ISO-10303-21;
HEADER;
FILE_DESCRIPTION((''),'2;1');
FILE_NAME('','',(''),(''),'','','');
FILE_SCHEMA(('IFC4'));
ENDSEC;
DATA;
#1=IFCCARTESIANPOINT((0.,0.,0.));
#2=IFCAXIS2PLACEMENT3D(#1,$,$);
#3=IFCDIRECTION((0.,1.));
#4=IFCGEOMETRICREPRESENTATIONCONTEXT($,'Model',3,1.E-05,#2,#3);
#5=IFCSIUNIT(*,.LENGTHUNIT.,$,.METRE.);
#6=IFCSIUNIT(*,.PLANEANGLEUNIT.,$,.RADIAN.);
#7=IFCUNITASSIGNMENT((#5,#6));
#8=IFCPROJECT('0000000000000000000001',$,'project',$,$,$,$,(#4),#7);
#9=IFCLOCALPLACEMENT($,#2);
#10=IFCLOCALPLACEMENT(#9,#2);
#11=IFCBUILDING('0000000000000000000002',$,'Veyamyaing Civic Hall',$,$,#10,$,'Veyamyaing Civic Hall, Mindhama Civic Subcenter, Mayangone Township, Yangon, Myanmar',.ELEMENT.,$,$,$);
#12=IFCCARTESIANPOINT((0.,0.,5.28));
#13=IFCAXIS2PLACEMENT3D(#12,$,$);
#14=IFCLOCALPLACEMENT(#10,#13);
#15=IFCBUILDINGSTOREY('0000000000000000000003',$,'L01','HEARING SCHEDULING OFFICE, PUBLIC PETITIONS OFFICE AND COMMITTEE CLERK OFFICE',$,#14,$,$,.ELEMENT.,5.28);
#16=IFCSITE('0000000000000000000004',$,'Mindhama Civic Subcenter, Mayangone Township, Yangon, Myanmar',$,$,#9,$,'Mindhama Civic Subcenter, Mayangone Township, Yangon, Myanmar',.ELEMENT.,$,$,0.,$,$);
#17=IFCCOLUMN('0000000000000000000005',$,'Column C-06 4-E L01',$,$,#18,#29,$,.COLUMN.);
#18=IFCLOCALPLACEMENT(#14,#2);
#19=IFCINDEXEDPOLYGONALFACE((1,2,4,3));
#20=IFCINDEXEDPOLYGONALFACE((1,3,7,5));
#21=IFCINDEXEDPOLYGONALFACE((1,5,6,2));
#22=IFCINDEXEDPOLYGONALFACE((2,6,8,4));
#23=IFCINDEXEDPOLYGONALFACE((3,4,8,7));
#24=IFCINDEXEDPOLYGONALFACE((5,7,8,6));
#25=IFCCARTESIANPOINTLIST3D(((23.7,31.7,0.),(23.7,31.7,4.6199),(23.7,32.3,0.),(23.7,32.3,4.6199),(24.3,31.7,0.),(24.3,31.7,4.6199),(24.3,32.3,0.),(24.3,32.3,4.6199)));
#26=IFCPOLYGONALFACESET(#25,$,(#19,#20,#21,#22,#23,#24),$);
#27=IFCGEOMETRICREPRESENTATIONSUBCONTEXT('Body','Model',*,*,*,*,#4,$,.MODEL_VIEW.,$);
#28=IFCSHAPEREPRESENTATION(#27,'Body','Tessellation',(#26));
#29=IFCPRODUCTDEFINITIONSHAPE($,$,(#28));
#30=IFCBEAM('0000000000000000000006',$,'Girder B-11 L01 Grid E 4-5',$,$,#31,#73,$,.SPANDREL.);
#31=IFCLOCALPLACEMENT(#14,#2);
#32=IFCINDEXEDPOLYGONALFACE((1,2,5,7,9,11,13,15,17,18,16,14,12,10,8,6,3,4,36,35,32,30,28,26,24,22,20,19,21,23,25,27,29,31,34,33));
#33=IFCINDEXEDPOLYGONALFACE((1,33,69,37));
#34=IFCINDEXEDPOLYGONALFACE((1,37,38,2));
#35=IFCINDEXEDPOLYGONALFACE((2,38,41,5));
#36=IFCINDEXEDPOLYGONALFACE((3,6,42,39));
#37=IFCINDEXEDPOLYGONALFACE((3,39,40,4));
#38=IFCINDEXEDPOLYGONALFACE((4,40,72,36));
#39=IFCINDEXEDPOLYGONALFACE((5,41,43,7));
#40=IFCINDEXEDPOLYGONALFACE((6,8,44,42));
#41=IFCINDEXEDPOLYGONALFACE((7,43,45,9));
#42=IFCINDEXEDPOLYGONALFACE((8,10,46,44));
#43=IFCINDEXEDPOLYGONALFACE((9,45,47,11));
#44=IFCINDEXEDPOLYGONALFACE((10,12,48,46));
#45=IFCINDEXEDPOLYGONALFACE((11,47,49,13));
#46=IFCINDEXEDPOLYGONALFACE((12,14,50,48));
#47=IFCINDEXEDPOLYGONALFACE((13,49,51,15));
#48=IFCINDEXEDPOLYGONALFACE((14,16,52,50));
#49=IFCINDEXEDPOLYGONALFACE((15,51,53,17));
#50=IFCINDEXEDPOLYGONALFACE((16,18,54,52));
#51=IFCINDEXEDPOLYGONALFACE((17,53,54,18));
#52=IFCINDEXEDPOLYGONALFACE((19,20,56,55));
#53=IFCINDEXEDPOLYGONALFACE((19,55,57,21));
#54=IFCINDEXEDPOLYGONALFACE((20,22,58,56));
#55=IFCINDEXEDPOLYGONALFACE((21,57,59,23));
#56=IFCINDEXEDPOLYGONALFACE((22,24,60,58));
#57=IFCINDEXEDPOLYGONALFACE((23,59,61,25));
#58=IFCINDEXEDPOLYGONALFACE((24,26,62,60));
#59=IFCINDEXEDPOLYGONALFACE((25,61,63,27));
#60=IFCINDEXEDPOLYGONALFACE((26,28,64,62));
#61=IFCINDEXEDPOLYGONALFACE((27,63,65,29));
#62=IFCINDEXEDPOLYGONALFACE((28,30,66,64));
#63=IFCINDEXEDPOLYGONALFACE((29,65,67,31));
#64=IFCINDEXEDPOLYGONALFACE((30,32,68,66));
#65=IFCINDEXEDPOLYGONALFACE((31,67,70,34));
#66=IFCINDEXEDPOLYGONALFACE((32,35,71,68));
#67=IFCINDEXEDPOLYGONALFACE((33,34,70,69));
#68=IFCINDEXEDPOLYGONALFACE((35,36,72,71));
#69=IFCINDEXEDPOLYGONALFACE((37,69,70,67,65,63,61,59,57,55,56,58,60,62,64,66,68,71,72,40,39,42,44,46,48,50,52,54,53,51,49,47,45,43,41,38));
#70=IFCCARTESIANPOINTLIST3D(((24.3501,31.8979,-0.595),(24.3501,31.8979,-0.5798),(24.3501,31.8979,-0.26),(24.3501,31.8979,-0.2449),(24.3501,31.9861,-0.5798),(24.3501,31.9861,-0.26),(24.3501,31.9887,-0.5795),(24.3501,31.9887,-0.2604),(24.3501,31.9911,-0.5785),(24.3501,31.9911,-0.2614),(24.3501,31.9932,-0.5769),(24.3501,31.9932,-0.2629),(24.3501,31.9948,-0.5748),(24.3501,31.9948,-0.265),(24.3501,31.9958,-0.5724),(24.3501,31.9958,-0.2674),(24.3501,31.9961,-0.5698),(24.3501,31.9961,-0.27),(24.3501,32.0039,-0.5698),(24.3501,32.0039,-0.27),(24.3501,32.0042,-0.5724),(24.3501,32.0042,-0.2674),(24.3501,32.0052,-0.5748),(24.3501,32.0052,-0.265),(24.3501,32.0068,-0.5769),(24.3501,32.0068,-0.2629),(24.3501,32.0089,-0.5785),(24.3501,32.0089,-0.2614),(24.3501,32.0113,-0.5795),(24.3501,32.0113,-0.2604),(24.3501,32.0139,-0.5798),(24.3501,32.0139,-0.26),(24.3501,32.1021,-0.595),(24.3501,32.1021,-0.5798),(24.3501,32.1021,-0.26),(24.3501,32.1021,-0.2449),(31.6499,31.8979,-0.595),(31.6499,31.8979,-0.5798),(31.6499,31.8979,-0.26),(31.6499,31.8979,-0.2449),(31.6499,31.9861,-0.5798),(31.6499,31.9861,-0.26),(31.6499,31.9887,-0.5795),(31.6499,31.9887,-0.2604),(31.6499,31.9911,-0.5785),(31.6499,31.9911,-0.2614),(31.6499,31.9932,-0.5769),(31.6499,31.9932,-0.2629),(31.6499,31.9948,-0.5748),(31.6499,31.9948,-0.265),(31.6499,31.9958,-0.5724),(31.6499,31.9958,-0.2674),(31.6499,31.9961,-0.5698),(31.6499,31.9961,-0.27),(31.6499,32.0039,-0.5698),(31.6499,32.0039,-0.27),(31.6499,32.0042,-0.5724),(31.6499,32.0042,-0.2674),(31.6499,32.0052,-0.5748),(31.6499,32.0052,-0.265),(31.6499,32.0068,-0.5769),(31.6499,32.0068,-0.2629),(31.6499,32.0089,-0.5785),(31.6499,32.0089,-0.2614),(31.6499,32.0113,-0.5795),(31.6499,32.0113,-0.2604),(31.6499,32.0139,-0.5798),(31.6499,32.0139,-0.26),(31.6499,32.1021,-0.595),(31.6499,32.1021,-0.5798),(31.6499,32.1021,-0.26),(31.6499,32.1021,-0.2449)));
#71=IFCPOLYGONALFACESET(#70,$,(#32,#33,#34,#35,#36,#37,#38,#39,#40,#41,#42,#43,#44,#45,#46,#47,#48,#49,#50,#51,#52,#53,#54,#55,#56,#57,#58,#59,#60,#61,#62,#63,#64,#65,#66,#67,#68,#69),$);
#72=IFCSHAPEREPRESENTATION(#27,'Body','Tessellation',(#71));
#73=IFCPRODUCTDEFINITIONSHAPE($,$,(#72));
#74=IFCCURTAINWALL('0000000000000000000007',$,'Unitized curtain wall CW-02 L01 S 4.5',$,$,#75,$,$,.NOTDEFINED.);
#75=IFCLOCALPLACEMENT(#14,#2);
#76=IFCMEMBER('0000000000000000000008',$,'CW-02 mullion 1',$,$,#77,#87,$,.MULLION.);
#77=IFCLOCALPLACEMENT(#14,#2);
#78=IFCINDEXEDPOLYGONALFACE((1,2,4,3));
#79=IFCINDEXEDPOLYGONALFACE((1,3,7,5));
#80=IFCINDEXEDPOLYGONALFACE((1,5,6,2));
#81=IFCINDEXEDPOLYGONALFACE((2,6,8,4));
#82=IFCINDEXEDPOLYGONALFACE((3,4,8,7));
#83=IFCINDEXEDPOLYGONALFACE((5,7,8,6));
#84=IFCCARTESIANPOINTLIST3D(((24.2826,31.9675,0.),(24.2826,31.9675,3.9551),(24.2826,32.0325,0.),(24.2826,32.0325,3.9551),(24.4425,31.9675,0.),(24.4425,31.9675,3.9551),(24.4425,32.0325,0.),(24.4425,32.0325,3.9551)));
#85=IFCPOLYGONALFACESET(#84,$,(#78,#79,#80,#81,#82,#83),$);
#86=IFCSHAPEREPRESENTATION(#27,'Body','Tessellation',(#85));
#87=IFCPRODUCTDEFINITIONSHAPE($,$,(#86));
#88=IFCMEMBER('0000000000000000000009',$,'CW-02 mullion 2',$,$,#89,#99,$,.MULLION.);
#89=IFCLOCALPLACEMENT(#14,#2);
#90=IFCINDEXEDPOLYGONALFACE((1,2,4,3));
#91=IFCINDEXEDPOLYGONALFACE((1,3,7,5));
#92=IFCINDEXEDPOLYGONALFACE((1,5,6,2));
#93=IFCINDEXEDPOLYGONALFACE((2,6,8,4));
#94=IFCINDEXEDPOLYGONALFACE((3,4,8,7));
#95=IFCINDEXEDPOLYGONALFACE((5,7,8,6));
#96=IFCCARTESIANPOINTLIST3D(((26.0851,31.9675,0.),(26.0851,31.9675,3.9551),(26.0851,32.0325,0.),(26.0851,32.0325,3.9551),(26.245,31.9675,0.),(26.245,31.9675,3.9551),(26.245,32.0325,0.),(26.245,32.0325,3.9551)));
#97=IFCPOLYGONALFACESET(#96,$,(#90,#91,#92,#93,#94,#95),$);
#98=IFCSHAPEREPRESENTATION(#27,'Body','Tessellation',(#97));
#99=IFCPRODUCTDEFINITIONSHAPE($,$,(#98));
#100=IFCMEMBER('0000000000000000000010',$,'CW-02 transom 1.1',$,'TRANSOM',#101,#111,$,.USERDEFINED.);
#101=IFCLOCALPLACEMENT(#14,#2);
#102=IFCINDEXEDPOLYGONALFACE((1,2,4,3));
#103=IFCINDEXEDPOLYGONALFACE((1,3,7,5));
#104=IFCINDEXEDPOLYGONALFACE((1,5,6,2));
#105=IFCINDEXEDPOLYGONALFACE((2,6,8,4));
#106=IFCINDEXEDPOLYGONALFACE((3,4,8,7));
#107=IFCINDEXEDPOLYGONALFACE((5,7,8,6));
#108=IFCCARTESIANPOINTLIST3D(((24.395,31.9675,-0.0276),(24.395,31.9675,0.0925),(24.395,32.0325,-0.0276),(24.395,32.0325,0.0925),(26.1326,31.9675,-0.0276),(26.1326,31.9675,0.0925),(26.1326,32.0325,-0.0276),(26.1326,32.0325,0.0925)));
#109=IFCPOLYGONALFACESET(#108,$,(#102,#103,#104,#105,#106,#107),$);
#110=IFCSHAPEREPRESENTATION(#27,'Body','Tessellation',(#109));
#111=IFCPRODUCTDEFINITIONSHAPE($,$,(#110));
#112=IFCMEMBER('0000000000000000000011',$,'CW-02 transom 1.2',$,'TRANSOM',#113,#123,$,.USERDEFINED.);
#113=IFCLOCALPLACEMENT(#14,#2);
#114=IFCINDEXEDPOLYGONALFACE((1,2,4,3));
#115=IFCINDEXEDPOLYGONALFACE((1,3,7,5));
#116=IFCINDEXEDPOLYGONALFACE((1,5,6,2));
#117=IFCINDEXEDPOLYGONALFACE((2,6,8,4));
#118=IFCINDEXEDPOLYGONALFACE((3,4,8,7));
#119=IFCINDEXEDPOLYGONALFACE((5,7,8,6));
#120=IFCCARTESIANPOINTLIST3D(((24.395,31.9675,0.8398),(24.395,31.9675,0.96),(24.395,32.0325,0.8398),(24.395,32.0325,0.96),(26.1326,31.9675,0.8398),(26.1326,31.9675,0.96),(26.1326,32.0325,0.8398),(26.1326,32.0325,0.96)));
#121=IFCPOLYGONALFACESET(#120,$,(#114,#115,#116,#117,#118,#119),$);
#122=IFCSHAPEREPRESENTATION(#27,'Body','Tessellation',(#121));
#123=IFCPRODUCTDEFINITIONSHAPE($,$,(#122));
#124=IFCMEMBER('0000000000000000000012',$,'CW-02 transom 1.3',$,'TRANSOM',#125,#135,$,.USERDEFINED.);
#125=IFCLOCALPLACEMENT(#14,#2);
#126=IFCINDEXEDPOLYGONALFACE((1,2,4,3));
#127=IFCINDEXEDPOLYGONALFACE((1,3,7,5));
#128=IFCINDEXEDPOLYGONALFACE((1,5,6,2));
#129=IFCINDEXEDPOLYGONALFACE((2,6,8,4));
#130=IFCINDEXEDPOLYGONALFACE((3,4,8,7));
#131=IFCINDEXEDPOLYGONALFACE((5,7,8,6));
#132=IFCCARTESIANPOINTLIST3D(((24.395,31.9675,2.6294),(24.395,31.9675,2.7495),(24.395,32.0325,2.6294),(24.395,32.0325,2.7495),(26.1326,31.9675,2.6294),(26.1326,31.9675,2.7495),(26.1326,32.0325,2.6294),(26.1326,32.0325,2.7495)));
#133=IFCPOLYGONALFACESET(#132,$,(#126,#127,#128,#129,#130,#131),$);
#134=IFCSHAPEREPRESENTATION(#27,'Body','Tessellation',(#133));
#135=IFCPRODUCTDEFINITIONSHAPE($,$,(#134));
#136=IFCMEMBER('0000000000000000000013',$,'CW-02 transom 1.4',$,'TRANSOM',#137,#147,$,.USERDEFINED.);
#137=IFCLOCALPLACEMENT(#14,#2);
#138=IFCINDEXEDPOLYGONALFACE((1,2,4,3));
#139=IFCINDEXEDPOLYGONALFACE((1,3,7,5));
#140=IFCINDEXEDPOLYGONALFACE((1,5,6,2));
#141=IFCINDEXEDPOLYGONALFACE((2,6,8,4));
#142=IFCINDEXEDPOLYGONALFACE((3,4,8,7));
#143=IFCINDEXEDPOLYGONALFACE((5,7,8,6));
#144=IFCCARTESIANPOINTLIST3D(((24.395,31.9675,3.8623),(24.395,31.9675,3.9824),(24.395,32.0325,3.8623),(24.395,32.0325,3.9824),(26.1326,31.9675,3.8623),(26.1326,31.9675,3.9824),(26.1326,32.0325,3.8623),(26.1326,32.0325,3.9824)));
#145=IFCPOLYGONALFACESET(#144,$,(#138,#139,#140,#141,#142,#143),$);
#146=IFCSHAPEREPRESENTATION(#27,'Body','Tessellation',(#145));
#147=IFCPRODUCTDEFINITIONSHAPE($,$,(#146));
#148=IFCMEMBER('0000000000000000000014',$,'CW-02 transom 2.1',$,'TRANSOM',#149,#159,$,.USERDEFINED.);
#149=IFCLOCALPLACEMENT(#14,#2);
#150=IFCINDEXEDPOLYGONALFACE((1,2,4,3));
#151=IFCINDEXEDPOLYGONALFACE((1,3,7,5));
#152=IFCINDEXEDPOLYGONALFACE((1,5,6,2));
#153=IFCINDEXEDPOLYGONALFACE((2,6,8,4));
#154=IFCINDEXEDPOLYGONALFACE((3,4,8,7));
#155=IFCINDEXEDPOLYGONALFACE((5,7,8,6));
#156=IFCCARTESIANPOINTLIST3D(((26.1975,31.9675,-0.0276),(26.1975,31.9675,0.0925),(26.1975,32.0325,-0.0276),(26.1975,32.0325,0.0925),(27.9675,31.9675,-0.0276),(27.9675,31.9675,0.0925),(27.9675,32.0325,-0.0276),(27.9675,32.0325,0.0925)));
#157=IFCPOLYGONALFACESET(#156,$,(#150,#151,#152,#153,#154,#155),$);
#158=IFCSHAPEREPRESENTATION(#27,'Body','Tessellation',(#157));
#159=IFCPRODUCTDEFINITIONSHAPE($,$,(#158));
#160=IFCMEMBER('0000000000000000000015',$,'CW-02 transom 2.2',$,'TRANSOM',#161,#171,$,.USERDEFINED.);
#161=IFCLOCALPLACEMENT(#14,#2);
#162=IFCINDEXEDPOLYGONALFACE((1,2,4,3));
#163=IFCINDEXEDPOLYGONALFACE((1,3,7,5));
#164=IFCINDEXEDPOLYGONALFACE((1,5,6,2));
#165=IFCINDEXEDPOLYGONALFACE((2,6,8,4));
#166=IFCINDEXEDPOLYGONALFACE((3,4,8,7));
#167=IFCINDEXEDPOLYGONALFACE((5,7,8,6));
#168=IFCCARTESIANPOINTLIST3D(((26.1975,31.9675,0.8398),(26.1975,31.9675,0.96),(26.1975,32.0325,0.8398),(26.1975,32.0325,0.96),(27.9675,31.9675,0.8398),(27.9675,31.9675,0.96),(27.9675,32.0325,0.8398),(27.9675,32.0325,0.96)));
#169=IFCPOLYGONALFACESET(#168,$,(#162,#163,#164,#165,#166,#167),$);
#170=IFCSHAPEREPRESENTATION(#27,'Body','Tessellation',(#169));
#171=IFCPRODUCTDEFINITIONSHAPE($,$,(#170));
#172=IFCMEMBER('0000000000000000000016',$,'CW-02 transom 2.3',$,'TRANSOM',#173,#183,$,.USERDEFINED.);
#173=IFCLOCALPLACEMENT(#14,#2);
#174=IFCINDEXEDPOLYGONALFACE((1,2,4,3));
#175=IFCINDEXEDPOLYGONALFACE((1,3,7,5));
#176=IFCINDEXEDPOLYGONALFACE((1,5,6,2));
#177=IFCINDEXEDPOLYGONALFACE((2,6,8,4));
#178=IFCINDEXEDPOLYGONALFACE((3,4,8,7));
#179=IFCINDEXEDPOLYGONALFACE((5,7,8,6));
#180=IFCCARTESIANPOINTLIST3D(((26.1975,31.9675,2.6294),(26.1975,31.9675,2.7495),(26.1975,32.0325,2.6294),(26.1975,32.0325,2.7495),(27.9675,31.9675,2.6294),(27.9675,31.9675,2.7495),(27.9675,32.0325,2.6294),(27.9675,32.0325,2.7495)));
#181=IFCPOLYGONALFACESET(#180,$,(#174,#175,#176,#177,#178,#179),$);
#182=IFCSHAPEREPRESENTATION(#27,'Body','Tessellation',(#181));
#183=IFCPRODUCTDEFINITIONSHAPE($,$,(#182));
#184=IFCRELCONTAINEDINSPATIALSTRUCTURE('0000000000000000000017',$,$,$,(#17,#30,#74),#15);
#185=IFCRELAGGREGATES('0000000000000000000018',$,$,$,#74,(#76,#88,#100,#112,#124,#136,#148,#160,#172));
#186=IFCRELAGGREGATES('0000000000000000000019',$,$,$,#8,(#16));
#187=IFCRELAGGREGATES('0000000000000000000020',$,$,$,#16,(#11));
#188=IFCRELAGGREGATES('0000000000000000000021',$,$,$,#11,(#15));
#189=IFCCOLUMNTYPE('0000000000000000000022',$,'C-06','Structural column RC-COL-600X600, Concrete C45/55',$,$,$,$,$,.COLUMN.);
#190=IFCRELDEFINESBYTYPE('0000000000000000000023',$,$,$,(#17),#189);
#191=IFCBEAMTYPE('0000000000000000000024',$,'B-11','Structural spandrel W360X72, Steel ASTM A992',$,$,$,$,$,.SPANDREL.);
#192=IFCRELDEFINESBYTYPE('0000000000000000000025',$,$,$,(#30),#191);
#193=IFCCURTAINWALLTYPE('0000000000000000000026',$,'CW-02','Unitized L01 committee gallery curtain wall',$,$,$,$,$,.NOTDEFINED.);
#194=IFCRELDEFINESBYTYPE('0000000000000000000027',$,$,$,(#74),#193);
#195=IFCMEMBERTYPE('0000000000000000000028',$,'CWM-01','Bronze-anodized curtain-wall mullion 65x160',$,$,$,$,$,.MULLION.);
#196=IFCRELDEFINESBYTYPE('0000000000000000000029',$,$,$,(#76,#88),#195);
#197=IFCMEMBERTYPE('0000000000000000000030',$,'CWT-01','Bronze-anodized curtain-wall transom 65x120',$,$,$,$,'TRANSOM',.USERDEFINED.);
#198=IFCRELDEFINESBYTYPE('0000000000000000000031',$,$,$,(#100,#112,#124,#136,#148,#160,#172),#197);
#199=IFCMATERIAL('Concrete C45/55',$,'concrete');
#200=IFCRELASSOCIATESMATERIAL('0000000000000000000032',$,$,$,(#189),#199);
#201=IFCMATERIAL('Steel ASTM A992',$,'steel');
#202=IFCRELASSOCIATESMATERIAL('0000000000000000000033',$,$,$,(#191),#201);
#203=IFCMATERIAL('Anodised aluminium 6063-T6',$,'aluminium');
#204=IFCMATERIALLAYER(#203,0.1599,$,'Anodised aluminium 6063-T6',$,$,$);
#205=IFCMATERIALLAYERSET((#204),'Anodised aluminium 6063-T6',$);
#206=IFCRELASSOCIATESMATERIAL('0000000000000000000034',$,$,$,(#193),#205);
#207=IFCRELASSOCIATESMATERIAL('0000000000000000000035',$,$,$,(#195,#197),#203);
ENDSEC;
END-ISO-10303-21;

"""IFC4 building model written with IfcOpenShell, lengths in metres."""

from ifc_helpers import new_model, si_unit, direction, frame, origin, origin_2d, place, context, subcontext, project, spatial, rectangle, i_section, extrude, material, layer, layer_set, material_profile, profile_set, type_object, element, aggregate, save


model = new_model("IFC4")

# Units and contexts
model_context = context("Model", 3, precision=1e-05, world=origin(), true_north=direction((0.0, 1.0)))
body_context = subcontext(model_context, "Body", "Model", "MODEL_VIEW")
ifc_project = project(units=[si_unit("LENGTHUNIT", "METRE"), si_unit("PLANEANGLEUNIT", "RADIAN")], contexts=[model_context])

# Site, building, storey
site_placement = place(None, origin())
site = spatial("IfcSite", under=ifc_project, at=site_placement, Name="Mindhama Civic Subcenter, Mayangone Township, Yangon, Myanmar", LongName="Mindhama Civic Subcenter, Mayangone Township, Yangon, Myanmar", CompositionType="ELEMENT", RefElevation=0.0)
building_placement = place(site_placement, origin())
building = spatial("IfcBuilding", under=site, at=building_placement, Name="Veyamyaing Civic Hall", LongName="Veyamyaing Civic Hall, Mindhama Civic Subcenter, Mayangone Township, Yangon, Myanmar", CompositionType="ELEMENT")
storey_placement = place(building_placement, frame((0.0, 0.0, 5.28)))
storey = spatial("IfcBuildingStorey", under=building, at=storey_placement, Name="L01", Description="HEARING SCHEDULING OFFICE, PUBLIC PETITIONS OFFICE AND COMMITTEE CLERK OFFICE", CompositionType="ELEMENT", Elevation=5.28)

# Column
ifc_material_1 = material(Name="Concrete C45/55", Category="concrete")
ifc_material_profile_1 = material_profile(ifc_material_1, rectangle(XDim=0.6001, YDim=0.6001, at=origin_2d()), Name="RC-COL-600X600")
ifc_profile_set_1 = profile_set([ifc_material_profile_1], Name="Concrete C45/55")
column_type = type_object("IfcColumnType", Name="C-06", Description="Structural column RC-COL-600X600, Concrete C45/55", PredefinedType="COLUMN", material=ifc_profile_set_1)
column_placement = place(storey_placement, frame((24.0, 32.0, 0.0), z_axis=(0.0, 0.0, 1.0), x_axis=(1.0, 0.0, 0.0)))
element("IfcColumn", 1, at=column_placement, inside=storey, type_object=column_type, Name="Column C-06 4-E L01", PredefinedType="COLUMN", context=body_context, shape_type="SweptSolid", body=[
    extrude(rectangle(XDim=0.6001, YDim=0.6001, at=origin_2d()), origin(), (0.0, 0.0, 1.0), 4.6199),
])

# Beam
ifc_material_2 = material(Name="Steel ASTM A992", Category="steel")
ifc_material_profile_2 = material_profile(ifc_material_2, i_section(OverallWidth=0.2041, OverallDepth=0.3501, WebThickness=0.0078, FlangeThickness=0.0151, FilletRadius=0.01, at=origin_2d()), Name="W360X72")
ifc_profile_set_2 = profile_set([ifc_material_profile_2], Name="Steel ASTM A992")
beam_type = type_object("IfcBeamType", Name="B-11", Description="Structural spandrel W360X72, Steel ASTM A992", PredefinedType="SPANDREL", material=ifc_profile_set_2)
beam_placement = place(storey_placement, frame((24.3501, 32.0, -0.4199), z_axis=(1.0, 0.0, 0.0), x_axis=(0.0, 1.0, 0.0)))
element("IfcBeam", 2, at=beam_placement, inside=storey, type_object=beam_type, Name="Girder B-11 L01 Grid E 4-5", PredefinedType="SPANDREL", context=body_context, shape_type="SweptSolid", body=[
    extrude(i_section(OverallWidth=0.2041, OverallDepth=0.3501, WebThickness=0.0078, FlangeThickness=0.0151, FilletRadius=0.01, at=origin_2d()), origin(), (0.0, 0.0, 1.0), 7.2998),
])

# Curtain wall, members
ifc_material_3 = material(Name="Anodised aluminium 6063-T6", Category="aluminium")
ifc_layer_1 = layer(ifc_material_3, 0.1599, Name="Anodised aluminium 6063-T6")
ifc_layer_set_1 = layer_set([ifc_layer_1], Name="Anodised aluminium 6063-T6")
curtain_wall_type = type_object("IfcCurtainWallType", Name="CW-02", Description="Unitized L01 committee gallery curtain wall", PredefinedType="NOTDEFINED", material=ifc_layer_set_1)
curtain_wall_placement = place(storey_placement, origin())
curtain_wall = element("IfcCurtainWall", 3, at=curtain_wall_placement, inside=storey, type_object=curtain_wall_type, Name="Unitized curtain wall CW-02 L01 S 4.5", PredefinedType="NOTDEFINED")
ifc_material_profile_3 = material_profile(ifc_material_3, rectangle(XDim=0.0649, YDim=0.1599, at=origin_2d()), Name="ALU-MUL-65X160")
ifc_profile_set_3 = profile_set([ifc_material_profile_3], Name="Anodised aluminium 6063-T6")
member_type_1 = type_object("IfcMemberType", Name="CWM-01", Description="Bronze-anodized curtain-wall mullion 65x160", PredefinedType="MULLION", material=ifc_profile_set_3)
member_1_placement = place(storey_placement, frame((24.3625, 32.0, 0.0), z_axis=(0.0, 0.0, 1.0), x_axis=(0.0, 1.0, 0.0)))
member_1 = element("IfcMember", 4, at=member_1_placement, type_object=member_type_1, Name="CW-02 mullion 1", PredefinedType="MULLION", context=body_context, shape_type="SweptSolid", body=[
    extrude(rectangle(XDim=0.0649, YDim=0.1599, at=origin_2d()), origin(), (0.0, 0.0, 1.0), 3.9551),
])
member_2_placement = place(storey_placement, frame((26.165, 32.0, 0.0), z_axis=(0.0, 0.0, 1.0), x_axis=(0.0, 1.0, 0.0)))
member_2 = element("IfcMember", 5, at=member_2_placement, type_object=member_type_1, Name="CW-02 mullion 2", PredefinedType="MULLION", context=body_context, shape_type="SweptSolid", body=[
    extrude(rectangle(XDim=0.0649, YDim=0.1599, at=origin_2d()), origin(), (0.0, 0.0, 1.0), 3.9551),
])
ifc_material_profile_4 = material_profile(ifc_material_3, rectangle(XDim=0.0649, YDim=0.1201, at=origin_2d()), Name="ALU-TRN-65X120")
ifc_profile_set_4 = profile_set([ifc_material_profile_4], Name="Anodised aluminium 6063-T6")
member_type_2 = type_object("IfcMemberType", Name="CWT-01", Description="Bronze-anodized curtain-wall transom 65x120", ElementType="TRANSOM", PredefinedType="USERDEFINED", material=ifc_profile_set_4)
member_3_placement = place(storey_placement, frame((24.395, 32.0, 0.0325), z_axis=(1.0, 0.0, 0.0), x_axis=(0.0, 1.0, 0.0)))
member_3 = element("IfcMember", 6, at=member_3_placement, type_object=member_type_2, Name="CW-02 transom 1.1", ObjectType="TRANSOM", PredefinedType="USERDEFINED", context=body_context, shape_type="SweptSolid", body=[
    extrude(rectangle(XDim=0.0649, YDim=0.1201, at=origin_2d()), origin(), (0.0, 0.0, 1.0), 1.7375),
])
member_4_placement = place(storey_placement, frame((24.395, 32.0, 0.8999), z_axis=(1.0, 0.0, 0.0), x_axis=(0.0, 1.0, 0.0)))
member_4 = element("IfcMember", 7, at=member_4_placement, type_object=member_type_2, Name="CW-02 transom 1.2", ObjectType="TRANSOM", PredefinedType="USERDEFINED", context=body_context, shape_type="SweptSolid", body=[
    extrude(rectangle(XDim=0.0649, YDim=0.1201, at=origin_2d()), origin(), (0.0, 0.0, 1.0), 1.7375),
])
member_5_placement = place(storey_placement, frame((24.395, 32.0, 2.6895), z_axis=(1.0, 0.0, 0.0), x_axis=(0.0, 1.0, 0.0)))
member_5 = element("IfcMember", 8, at=member_5_placement, type_object=member_type_2, Name="CW-02 transom 1.3", ObjectType="TRANSOM", PredefinedType="USERDEFINED", context=body_context, shape_type="SweptSolid", body=[
    extrude(rectangle(XDim=0.0649, YDim=0.1201, at=origin_2d()), origin(), (0.0, 0.0, 1.0), 1.7375),
])
member_6_placement = place(storey_placement, frame((24.395, 32.0, 3.9224), z_axis=(1.0, 0.0, 0.0), x_axis=(0.0, 1.0, 0.0)))
member_6 = element("IfcMember", 9, at=member_6_placement, type_object=member_type_2, Name="CW-02 transom 1.4", ObjectType="TRANSOM", PredefinedType="USERDEFINED", context=body_context, shape_type="SweptSolid", body=[
    extrude(rectangle(XDim=0.0649, YDim=0.1201, at=origin_2d()), origin(), (0.0, 0.0, 1.0), 1.7375),
])
member_7_placement = place(storey_placement, frame((26.1975, 32.0, 0.0325), z_axis=(1.0, 0.0, 0.0), x_axis=(0.0, 1.0, 0.0)))
member_7 = element("IfcMember", 10, at=member_7_placement, type_object=member_type_2, Name="CW-02 transom 2.1", ObjectType="TRANSOM", PredefinedType="USERDEFINED", context=body_context, shape_type="SweptSolid", body=[
    extrude(rectangle(XDim=0.0649, YDim=0.1201, at=origin_2d()), origin(), (0.0, 0.0, 1.0), 1.77),
])
member_8_placement = place(storey_placement, frame((26.1975, 32.0, 0.8999), z_axis=(1.0, 0.0, 0.0), x_axis=(0.0, 1.0, 0.0)))
member_8 = element("IfcMember", 11, at=member_8_placement, type_object=member_type_2, Name="CW-02 transom 2.2", ObjectType="TRANSOM", PredefinedType="USERDEFINED", context=body_context, shape_type="SweptSolid", body=[
    extrude(rectangle(XDim=0.0649, YDim=0.1201, at=origin_2d()), origin(), (0.0, 0.0, 1.0), 1.77),
])
member_9_placement = place(storey_placement, frame((26.1975, 32.0, 2.6895), z_axis=(1.0, 0.0, 0.0), x_axis=(0.0, 1.0, 0.0)))
member_9 = element("IfcMember", 12, at=member_9_placement, type_object=member_type_2, Name="CW-02 transom 2.3", ObjectType="TRANSOM", PredefinedType="USERDEFINED", context=body_context, shape_type="SweptSolid", body=[
    extrude(rectangle(XDim=0.0649, YDim=0.1201, at=origin_2d()), origin(), (0.0, 0.0, 1.0), 1.77),
])
aggregate(curtain_wall, [member_1, member_2, member_3, member_4, member_5, member_6, member_7, member_8, member_9])

save(model, "model.ifc")
